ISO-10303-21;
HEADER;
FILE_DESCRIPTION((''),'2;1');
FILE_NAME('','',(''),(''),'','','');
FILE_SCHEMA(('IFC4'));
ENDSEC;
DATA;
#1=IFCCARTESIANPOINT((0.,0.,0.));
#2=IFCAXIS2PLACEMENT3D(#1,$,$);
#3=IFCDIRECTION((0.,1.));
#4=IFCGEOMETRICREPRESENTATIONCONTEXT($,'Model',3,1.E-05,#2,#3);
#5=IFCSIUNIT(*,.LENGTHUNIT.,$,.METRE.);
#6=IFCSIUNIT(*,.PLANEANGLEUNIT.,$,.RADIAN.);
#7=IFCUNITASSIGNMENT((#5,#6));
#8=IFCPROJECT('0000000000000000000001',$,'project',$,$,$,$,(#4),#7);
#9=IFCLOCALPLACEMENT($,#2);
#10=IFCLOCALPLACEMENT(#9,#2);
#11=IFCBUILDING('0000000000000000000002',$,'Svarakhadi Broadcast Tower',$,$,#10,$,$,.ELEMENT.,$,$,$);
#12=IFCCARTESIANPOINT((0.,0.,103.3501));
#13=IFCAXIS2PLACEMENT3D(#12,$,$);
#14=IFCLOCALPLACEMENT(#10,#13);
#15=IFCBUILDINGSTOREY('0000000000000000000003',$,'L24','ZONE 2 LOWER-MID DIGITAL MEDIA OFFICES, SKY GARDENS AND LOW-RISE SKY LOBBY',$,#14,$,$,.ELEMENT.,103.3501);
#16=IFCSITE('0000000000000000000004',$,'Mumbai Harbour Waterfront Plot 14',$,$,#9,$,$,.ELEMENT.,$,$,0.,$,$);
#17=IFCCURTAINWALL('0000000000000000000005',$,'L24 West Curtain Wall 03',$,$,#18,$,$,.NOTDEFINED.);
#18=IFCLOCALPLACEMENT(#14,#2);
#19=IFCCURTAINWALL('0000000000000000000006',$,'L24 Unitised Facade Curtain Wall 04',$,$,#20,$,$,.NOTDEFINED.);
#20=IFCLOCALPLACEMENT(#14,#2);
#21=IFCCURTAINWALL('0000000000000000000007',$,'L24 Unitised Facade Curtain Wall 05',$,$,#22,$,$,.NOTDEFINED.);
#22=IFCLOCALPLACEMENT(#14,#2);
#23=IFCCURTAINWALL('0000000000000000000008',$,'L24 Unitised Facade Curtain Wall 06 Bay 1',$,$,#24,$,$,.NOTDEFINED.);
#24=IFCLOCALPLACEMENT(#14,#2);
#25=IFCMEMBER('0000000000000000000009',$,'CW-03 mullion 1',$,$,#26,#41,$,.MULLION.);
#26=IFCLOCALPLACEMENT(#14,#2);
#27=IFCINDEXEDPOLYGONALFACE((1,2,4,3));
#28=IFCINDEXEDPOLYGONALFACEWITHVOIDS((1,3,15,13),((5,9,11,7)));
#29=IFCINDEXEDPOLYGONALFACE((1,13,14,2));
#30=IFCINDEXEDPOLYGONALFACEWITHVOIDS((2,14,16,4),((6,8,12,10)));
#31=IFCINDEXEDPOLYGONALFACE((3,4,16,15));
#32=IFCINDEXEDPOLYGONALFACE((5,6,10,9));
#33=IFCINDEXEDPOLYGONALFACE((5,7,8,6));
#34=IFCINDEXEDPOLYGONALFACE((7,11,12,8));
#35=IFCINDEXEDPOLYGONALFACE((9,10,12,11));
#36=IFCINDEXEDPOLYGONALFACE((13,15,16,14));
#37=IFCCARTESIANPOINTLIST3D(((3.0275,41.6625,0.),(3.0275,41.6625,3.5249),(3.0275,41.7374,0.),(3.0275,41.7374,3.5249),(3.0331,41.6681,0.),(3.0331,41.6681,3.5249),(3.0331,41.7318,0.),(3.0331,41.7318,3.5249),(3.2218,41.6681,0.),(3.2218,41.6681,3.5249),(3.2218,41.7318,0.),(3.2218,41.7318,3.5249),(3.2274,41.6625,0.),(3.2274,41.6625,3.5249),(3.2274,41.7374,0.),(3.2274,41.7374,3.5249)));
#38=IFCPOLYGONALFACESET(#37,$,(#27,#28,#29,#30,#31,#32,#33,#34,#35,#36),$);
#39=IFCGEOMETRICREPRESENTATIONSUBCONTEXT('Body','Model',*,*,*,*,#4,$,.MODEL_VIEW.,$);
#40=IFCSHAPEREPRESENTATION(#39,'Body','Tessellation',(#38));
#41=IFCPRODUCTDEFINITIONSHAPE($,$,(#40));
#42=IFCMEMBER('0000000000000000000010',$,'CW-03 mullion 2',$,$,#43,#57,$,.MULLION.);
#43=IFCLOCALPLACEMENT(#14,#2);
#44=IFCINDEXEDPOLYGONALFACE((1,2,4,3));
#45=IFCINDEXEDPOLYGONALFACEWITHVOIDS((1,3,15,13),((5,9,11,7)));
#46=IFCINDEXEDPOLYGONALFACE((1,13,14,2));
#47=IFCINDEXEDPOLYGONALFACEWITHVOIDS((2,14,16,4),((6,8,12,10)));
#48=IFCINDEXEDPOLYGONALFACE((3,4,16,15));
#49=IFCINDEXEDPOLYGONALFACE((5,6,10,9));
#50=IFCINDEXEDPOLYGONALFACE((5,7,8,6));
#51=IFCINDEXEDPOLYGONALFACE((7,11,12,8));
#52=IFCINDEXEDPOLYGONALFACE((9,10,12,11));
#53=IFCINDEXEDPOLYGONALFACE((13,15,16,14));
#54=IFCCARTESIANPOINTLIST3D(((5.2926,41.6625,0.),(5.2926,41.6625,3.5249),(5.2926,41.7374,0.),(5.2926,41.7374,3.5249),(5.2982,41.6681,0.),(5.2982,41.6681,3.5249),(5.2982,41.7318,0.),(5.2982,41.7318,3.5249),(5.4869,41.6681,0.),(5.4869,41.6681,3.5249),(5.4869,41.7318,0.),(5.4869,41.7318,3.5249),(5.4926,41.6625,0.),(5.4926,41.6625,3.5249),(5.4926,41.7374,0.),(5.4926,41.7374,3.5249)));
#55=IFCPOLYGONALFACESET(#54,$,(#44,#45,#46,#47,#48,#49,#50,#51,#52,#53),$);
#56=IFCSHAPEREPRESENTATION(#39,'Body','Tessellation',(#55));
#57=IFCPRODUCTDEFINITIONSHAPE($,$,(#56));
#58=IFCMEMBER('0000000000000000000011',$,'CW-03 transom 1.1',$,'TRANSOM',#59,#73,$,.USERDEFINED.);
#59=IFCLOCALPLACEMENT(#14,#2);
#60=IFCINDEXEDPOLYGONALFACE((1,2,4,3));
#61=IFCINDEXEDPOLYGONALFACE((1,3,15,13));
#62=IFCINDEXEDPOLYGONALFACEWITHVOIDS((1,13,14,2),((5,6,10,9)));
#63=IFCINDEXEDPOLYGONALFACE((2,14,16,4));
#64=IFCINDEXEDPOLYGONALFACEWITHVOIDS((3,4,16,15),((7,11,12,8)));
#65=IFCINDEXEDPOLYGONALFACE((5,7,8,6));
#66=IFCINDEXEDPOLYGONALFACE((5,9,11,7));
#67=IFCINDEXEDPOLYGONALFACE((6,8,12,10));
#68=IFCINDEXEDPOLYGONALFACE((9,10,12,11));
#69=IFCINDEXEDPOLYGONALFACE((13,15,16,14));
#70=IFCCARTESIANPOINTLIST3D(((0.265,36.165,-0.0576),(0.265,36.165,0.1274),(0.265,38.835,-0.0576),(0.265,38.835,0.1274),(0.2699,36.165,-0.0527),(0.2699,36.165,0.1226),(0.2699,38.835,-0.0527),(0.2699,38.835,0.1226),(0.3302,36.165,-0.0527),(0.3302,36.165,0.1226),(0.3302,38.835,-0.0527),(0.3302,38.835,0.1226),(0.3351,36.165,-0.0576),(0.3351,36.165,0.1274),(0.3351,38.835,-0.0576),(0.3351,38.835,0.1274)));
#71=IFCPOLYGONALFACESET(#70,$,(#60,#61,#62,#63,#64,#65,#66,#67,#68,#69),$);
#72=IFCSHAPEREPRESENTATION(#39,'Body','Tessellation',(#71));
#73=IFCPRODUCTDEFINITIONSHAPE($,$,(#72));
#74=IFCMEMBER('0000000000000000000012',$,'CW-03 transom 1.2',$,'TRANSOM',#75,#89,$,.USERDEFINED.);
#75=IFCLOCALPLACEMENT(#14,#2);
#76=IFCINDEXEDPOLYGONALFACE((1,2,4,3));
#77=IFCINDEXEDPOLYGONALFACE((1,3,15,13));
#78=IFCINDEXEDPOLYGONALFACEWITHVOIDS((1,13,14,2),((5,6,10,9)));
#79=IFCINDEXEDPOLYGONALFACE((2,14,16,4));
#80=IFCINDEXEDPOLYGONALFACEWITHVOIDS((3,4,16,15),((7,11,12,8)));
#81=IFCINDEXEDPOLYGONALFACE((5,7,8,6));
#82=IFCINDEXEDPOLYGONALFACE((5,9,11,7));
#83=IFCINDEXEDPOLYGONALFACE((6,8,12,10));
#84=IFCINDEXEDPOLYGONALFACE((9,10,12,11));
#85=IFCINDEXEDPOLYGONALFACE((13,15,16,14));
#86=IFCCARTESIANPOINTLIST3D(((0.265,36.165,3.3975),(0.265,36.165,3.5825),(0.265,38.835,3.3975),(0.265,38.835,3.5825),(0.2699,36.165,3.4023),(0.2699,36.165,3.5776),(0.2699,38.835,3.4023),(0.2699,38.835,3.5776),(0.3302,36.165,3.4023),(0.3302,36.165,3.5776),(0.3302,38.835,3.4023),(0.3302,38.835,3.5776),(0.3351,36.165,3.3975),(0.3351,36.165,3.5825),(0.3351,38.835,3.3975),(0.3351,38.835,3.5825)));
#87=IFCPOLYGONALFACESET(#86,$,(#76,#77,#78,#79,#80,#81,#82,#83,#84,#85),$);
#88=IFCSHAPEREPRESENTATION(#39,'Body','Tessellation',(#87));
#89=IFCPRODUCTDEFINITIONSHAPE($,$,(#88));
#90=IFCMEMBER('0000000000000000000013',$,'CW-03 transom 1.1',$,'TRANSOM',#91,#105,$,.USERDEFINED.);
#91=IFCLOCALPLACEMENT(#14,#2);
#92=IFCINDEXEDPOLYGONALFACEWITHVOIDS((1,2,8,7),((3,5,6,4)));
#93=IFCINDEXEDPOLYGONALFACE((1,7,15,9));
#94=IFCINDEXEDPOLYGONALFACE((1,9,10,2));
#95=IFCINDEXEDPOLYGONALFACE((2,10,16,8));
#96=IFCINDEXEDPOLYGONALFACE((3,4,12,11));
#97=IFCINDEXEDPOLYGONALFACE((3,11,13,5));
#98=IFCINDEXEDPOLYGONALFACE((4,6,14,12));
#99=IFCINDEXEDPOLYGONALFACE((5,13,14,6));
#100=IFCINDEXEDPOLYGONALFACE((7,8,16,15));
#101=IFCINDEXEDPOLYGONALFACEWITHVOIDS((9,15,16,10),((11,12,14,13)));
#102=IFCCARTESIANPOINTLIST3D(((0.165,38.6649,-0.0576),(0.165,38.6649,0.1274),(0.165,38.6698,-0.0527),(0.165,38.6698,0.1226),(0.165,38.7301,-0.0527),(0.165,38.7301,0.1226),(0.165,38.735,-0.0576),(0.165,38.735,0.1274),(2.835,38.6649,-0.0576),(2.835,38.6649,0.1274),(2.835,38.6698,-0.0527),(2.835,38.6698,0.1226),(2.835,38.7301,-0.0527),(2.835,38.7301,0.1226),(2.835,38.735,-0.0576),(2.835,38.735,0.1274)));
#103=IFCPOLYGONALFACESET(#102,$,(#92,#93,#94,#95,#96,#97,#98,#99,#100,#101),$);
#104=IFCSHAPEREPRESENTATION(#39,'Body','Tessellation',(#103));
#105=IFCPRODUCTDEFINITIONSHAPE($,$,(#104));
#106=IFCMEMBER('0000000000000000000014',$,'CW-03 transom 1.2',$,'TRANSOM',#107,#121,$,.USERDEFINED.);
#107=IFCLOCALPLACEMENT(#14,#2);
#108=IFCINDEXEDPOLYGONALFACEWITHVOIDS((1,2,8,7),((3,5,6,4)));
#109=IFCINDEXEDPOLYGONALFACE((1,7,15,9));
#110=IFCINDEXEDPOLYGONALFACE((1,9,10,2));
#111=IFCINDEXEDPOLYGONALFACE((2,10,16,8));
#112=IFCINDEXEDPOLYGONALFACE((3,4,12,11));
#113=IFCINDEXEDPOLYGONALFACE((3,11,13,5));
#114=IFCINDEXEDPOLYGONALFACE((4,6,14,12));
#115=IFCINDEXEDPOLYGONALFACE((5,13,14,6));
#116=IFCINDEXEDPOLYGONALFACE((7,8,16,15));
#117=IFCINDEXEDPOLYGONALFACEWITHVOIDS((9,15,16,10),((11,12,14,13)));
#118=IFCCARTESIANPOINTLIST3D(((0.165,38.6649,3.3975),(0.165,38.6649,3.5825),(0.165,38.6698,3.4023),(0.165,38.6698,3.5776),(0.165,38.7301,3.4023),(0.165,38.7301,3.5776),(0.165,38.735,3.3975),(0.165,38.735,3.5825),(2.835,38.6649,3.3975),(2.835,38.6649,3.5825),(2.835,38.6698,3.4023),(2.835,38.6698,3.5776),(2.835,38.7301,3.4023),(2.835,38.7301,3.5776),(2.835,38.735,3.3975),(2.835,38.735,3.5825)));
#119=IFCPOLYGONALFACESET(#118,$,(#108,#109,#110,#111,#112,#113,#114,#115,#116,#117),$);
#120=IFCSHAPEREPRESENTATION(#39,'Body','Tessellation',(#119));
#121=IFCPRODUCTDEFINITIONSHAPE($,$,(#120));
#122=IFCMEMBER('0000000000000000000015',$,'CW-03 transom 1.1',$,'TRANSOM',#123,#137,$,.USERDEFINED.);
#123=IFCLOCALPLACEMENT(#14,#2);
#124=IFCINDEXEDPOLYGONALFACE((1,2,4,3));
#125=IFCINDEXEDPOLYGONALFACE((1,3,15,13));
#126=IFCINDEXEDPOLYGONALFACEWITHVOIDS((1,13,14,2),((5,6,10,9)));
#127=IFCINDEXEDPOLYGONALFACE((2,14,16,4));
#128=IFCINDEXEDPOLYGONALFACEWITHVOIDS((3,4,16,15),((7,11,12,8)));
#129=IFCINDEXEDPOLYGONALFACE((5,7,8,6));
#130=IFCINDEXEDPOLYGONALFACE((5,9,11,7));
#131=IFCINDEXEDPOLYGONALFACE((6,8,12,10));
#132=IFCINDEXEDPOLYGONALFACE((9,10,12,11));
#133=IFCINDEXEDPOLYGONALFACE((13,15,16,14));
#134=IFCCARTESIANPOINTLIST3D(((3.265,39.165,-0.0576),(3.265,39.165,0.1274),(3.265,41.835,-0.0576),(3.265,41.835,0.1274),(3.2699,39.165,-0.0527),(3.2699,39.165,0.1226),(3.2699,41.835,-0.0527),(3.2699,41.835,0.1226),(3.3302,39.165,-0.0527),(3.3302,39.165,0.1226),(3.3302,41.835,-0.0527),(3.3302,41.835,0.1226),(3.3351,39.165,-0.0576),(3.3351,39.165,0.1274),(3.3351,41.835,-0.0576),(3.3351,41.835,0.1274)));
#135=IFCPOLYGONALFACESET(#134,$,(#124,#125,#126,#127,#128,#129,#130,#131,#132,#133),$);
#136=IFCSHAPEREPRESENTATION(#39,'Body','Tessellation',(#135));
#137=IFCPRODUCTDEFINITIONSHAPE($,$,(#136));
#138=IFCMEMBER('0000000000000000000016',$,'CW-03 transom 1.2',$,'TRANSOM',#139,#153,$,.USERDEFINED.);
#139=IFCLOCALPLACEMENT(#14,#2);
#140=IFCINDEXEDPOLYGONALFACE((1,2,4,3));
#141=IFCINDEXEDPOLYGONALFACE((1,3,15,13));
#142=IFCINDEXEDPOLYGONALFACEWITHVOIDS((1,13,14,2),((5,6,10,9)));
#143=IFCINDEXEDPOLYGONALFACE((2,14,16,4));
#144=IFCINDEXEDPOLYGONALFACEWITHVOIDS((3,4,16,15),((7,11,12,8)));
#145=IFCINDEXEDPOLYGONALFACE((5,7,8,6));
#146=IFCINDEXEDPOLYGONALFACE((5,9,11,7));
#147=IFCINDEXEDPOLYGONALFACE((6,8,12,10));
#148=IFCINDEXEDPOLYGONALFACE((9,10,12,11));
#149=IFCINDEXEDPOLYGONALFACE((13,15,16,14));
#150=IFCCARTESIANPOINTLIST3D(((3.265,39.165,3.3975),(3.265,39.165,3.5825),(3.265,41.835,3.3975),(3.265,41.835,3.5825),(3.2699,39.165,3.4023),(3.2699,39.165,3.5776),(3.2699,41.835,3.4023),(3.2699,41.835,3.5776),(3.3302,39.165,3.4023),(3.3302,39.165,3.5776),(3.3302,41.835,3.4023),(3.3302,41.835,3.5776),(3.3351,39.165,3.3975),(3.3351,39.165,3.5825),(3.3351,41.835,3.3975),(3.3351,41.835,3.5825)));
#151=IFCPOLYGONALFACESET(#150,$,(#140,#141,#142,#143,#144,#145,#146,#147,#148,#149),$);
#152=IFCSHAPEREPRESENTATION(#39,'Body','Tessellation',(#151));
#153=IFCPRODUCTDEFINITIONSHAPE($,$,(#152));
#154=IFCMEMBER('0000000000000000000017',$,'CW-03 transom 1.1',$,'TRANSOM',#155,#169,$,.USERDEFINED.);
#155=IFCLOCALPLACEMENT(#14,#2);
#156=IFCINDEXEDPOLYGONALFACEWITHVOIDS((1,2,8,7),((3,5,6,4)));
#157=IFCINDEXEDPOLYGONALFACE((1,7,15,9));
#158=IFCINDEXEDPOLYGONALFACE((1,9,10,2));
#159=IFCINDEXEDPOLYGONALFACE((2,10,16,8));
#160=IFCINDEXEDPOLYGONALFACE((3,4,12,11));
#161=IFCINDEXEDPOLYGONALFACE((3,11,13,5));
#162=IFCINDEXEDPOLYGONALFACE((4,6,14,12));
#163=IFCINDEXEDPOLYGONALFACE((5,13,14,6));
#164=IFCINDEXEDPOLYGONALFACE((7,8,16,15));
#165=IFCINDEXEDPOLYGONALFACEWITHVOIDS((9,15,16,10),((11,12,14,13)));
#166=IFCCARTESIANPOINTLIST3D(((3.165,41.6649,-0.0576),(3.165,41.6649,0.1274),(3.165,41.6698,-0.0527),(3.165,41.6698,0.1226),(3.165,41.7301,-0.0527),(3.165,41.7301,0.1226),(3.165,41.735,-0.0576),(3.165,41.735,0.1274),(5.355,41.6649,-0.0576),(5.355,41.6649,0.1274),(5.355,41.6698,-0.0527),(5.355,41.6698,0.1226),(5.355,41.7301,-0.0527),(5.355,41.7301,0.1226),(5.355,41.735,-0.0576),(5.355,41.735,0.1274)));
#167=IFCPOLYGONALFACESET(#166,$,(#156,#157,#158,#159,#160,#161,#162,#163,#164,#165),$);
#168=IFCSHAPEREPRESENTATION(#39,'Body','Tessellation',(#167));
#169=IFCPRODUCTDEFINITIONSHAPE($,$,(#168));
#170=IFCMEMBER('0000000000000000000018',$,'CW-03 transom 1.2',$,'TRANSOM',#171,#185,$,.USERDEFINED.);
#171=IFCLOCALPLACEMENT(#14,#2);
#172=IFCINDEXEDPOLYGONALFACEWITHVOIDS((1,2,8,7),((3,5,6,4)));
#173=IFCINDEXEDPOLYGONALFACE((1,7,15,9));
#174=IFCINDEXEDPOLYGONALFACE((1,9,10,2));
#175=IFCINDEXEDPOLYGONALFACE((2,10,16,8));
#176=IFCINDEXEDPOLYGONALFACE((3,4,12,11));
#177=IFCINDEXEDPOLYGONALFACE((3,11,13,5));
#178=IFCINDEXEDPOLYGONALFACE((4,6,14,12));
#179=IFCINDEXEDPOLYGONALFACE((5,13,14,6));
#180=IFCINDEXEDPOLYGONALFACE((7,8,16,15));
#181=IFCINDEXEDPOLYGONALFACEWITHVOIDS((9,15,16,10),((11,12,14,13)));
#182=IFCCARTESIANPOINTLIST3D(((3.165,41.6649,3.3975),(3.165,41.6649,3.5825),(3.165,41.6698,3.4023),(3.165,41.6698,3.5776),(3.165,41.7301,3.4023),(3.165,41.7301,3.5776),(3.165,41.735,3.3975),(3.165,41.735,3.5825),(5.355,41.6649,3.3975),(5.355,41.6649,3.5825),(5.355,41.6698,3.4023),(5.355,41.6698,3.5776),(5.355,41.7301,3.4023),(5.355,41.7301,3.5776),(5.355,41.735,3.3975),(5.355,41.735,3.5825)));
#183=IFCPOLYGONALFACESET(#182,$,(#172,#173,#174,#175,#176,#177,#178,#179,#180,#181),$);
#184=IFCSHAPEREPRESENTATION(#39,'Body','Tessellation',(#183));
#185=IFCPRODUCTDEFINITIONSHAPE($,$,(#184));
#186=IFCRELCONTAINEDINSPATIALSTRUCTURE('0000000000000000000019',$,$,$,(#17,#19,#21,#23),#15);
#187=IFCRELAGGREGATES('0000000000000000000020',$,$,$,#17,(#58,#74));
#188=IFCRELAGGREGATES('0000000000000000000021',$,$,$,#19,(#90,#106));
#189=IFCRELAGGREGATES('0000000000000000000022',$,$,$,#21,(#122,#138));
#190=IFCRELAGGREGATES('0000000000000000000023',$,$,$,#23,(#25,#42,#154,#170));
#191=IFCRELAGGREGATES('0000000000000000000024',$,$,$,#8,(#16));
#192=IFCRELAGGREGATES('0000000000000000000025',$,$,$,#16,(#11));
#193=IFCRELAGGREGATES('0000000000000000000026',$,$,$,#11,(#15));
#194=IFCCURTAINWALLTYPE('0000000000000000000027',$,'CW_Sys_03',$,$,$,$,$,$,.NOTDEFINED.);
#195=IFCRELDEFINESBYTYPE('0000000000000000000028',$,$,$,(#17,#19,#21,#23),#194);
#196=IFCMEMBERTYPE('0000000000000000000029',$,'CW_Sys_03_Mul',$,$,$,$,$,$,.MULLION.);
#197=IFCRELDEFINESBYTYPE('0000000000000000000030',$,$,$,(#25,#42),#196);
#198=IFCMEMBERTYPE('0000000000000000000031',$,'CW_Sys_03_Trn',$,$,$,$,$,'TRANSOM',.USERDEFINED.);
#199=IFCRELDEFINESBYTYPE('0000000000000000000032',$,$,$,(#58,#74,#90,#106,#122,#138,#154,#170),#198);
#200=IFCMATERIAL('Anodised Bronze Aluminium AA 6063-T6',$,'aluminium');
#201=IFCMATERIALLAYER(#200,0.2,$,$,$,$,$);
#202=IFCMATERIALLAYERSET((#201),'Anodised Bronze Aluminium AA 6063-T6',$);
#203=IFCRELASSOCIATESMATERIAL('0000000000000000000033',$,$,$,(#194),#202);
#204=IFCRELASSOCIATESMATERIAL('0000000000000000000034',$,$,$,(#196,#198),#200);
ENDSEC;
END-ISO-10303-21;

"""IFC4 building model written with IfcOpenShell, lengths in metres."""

from ifc_helpers import new_model, si_unit, direction, frame, origin, origin_2d, place, context, subcontext, project, spatial, hollow_rectangle, extrude, material, layer, layer_set, material_profile, profile_set, type_object, element, aggregate, save


model = new_model("IFC4")

# Units and contexts
model_context = context("Model", 3, precision=1e-05, world=origin(), true_north=direction((0.0, 1.0)))
body_context = subcontext(model_context, "Body", "Model", "MODEL_VIEW")
ifc_project = project(units=[si_unit("LENGTHUNIT", "METRE"), si_unit("PLANEANGLEUNIT", "RADIAN")], contexts=[model_context])

# Site, building, storey
site_placement = place(None, origin())
site = spatial("IfcSite", under=ifc_project, at=site_placement, Name="Mumbai Harbour Waterfront Plot 14", CompositionType="ELEMENT", RefElevation=0.0)
building_placement = place(site_placement, origin())
building = spatial("IfcBuilding", under=site, at=building_placement, Name="Svarakhadi Broadcast Tower", CompositionType="ELEMENT")
storey_placement = place(building_placement, frame((0.0, 0.0, 103.3501)))
storey = spatial("IfcBuildingStorey", under=building, at=storey_placement, Name="L24", Description="ZONE 2 LOWER-MID DIGITAL MEDIA OFFICES, SKY GARDENS AND LOW-RISE SKY LOBBY", CompositionType="ELEMENT", Elevation=103.3501)

# Curtain walls, members
ifc_material_1 = material(Name="Anodised Bronze Aluminium AA 6063-T6", Category="aluminium")
ifc_layer_1 = layer(ifc_material_1, 0.2)
ifc_layer_set_1 = layer_set([ifc_layer_1], Name="Anodised Bronze Aluminium AA 6063-T6")
curtain_wall_type = type_object("IfcCurtainWallType", Name="CW_Sys_03", PredefinedType="NOTDEFINED", material=ifc_layer_set_1)
curtain_wall_1_placement = place(storey_placement, origin())
curtain_wall_1 = element("IfcCurtainWall", 1, at=curtain_wall_1_placement, inside=storey, type_object=curtain_wall_type, Name="L24 West Curtain Wall 03", PredefinedType="NOTDEFINED")
ifc_material_profile_1 = material_profile(ifc_material_1, hollow_rectangle(XDim=0.075, YDim=0.2, WallThickness=0.0056, at=origin_2d()), Name="ALU MULLION 200x75x6")
ifc_profile_set_1 = profile_set([ifc_material_profile_1], Name="Anodised Bronze Aluminium AA 6063-T6")
member_type_1 = type_object("IfcMemberType", Name="CW_Sys_03_Mul", PredefinedType="MULLION", material=ifc_profile_set_1)
curtain_wall_2_placement = place(storey_placement, origin())
curtain_wall_2 = element("IfcCurtainWall", 2, at=curtain_wall_2_placement, inside=storey, type_object=curtain_wall_type, Name="L24 Unitised Facade Curtain Wall 04", PredefinedType="NOTDEFINED")
curtain_wall_3_placement = place(storey_placement, origin())
curtain_wall_3 = element("IfcCurtainWall", 3, at=curtain_wall_3_placement, inside=storey, type_object=curtain_wall_type, Name="L24 Unitised Facade Curtain Wall 05", PredefinedType="NOTDEFINED")
curtain_wall_4_placement = place(storey_placement, origin())
curtain_wall_4 = element("IfcCurtainWall", 4, at=curtain_wall_4_placement, inside=storey, type_object=curtain_wall_type, Name="L24 Unitised Facade Curtain Wall 06 Bay 1", PredefinedType="NOTDEFINED")
member_1_placement = place(storey_placement, frame((3.1274, 41.7, 0.0), z_axis=(0.0, 0.0, 1.0), x_axis=(0.0, 1.0, 0.0)))
member_1 = element("IfcMember", 5, at=member_1_placement, type_object=member_type_1, Name="CW-03 mullion 1", PredefinedType="MULLION", context=body_context, shape_type="SweptSolid", body=[
    extrude(hollow_rectangle(XDim=0.075, YDim=0.2, WallThickness=0.0056, at=origin_2d()), origin(), (0.0, 0.0, 1.0), 3.5249),
])
member_2_placement = place(storey_placement, frame((5.3926, 41.7, 0.0), z_axis=(0.0, 0.0, 1.0), x_axis=(0.0, 1.0, 0.0)))
member_2 = element("IfcMember", 6, at=member_2_placement, type_object=member_type_1, Name="CW-03 mullion 2", PredefinedType="MULLION", context=body_context, shape_type="SweptSolid", body=[
    extrude(hollow_rectangle(XDim=0.075, YDim=0.2, WallThickness=0.0056, at=origin_2d()), origin(), (0.0, 0.0, 1.0), 3.5249),
])

# Members
ifc_material_profile_2 = material_profile(ifc_material_1, hollow_rectangle(XDim=0.0701, YDim=0.1851, WallThickness=0.0049, at=origin_2d()), Name="ALU TRANSOM 185x70x5")
ifc_profile_set_2 = profile_set([ifc_material_profile_2], Name="Anodised Bronze Aluminium AA 6063-T6")
member_type_2 = type_object("IfcMemberType", Name="CW_Sys_03_Trn", ElementType="TRANSOM", PredefinedType="USERDEFINED", material=ifc_profile_set_2)
member_3_placement = place(storey_placement, frame((0.3, 36.165, 0.0349), z_axis=(0.0, 1.0, 0.0), x_axis=(-1.0, 0.0, 0.0)))
member_3 = element("IfcMember", 7, at=member_3_placement, type_object=member_type_2, Name="CW-03 transom 1.1", ObjectType="TRANSOM", PredefinedType="USERDEFINED", context=body_context, shape_type="SweptSolid", body=[
    extrude(hollow_rectangle(XDim=0.0701, YDim=0.1851, WallThickness=0.0049, at=origin_2d()), origin(), (0.0, 0.0, 1.0), 2.6699),
])
member_4_placement = place(storey_placement, frame((0.3, 36.165, 3.49), z_axis=(0.0, 1.0, 0.0), x_axis=(-1.0, 0.0, 0.0)))
member_4 = element("IfcMember", 8, at=member_4_placement, type_object=member_type_2, Name="CW-03 transom 1.2", ObjectType="TRANSOM", PredefinedType="USERDEFINED", context=body_context, shape_type="SweptSolid", body=[
    extrude(hollow_rectangle(XDim=0.0701, YDim=0.1851, WallThickness=0.0049, at=origin_2d()), origin(), (0.0, 0.0, 1.0), 2.6699),
])
member_5_placement = place(storey_placement, frame((0.165, 38.7, 0.0349), z_axis=(1.0, 0.0, 0.0), x_axis=(0.0, 1.0, 0.0)))
member_5 = element("IfcMember", 9, at=member_5_placement, type_object=member_type_2, Name="CW-03 transom 1.1", ObjectType="TRANSOM", PredefinedType="USERDEFINED", context=body_context, shape_type="SweptSolid", body=[
    extrude(hollow_rectangle(XDim=0.0701, YDim=0.1851, WallThickness=0.0049, at=origin_2d()), origin(), (0.0, 0.0, 1.0), 2.6699),
])
member_6_placement = place(storey_placement, frame((0.165, 38.7, 3.49), z_axis=(1.0, 0.0, 0.0), x_axis=(0.0, 1.0, 0.0)))
member_6 = element("IfcMember", 10, at=member_6_placement, type_object=member_type_2, Name="CW-03 transom 1.2", ObjectType="TRANSOM", PredefinedType="USERDEFINED", context=body_context, shape_type="SweptSolid", body=[
    extrude(hollow_rectangle(XDim=0.0701, YDim=0.1851, WallThickness=0.0049, at=origin_2d()), origin(), (0.0, 0.0, 1.0), 2.6699),
])
member_7_placement = place(storey_placement, frame((3.3, 39.165, 0.0349), z_axis=(0.0, 1.0, 0.0), x_axis=(-1.0, 0.0, 0.0)))
member_7 = element("IfcMember", 11, at=member_7_placement, type_object=member_type_2, Name="CW-03 transom 1.1", ObjectType="TRANSOM", PredefinedType="USERDEFINED", context=body_context, shape_type="SweptSolid", body=[
    extrude(hollow_rectangle(XDim=0.0701, YDim=0.1851, WallThickness=0.0049, at=origin_2d()), origin(), (0.0, 0.0, 1.0), 2.6699),
])
member_8_placement = place(storey_placement, frame((3.3, 39.165, 3.49), z_axis=(0.0, 1.0, 0.0), x_axis=(-1.0, 0.0, 0.0)))
member_8 = element("IfcMember", 12, at=member_8_placement, type_object=member_type_2, Name="CW-03 transom 1.2", ObjectType="TRANSOM", PredefinedType="USERDEFINED", context=body_context, shape_type="SweptSolid", body=[
    extrude(hollow_rectangle(XDim=0.0701, YDim=0.1851, WallThickness=0.0049, at=origin_2d()), origin(), (0.0, 0.0, 1.0), 2.6699),
])
member_9_placement = place(storey_placement, frame((3.165, 41.7, 0.0349), z_axis=(1.0, 0.0, 0.0), x_axis=(0.0, 1.0, 0.0)))
member_9 = element("IfcMember", 13, at=member_9_placement, type_object=member_type_2, Name="CW-03 transom 1.1", ObjectType="TRANSOM", PredefinedType="USERDEFINED", context=body_context, shape_type="SweptSolid", body=[
    extrude(hollow_rectangle(XDim=0.0701, YDim=0.1851, WallThickness=0.0049, at=origin_2d()), origin(), (0.0, 0.0, 1.0), 2.1899),
])
member_10_placement = place(storey_placement, frame((3.165, 41.7, 3.49), z_axis=(1.0, 0.0, 0.0), x_axis=(0.0, 1.0, 0.0)))
member_10 = element("IfcMember", 14, at=member_10_placement, type_object=member_type_2, Name="CW-03 transom 1.2", ObjectType="TRANSOM", PredefinedType="USERDEFINED", context=body_context, shape_type="SweptSolid", body=[
    extrude(hollow_rectangle(XDim=0.0701, YDim=0.1851, WallThickness=0.0049, at=origin_2d()), origin(), (0.0, 0.0, 1.0), 2.1899),
])

aggregate(curtain_wall_1, [member_3, member_4])
aggregate(curtain_wall_2, [member_5, member_6])
aggregate(curtain_wall_3, [member_7, member_8])
aggregate(curtain_wall_4, [member_1, member_2, member_9, member_10])

save(model, "model.ifc")
